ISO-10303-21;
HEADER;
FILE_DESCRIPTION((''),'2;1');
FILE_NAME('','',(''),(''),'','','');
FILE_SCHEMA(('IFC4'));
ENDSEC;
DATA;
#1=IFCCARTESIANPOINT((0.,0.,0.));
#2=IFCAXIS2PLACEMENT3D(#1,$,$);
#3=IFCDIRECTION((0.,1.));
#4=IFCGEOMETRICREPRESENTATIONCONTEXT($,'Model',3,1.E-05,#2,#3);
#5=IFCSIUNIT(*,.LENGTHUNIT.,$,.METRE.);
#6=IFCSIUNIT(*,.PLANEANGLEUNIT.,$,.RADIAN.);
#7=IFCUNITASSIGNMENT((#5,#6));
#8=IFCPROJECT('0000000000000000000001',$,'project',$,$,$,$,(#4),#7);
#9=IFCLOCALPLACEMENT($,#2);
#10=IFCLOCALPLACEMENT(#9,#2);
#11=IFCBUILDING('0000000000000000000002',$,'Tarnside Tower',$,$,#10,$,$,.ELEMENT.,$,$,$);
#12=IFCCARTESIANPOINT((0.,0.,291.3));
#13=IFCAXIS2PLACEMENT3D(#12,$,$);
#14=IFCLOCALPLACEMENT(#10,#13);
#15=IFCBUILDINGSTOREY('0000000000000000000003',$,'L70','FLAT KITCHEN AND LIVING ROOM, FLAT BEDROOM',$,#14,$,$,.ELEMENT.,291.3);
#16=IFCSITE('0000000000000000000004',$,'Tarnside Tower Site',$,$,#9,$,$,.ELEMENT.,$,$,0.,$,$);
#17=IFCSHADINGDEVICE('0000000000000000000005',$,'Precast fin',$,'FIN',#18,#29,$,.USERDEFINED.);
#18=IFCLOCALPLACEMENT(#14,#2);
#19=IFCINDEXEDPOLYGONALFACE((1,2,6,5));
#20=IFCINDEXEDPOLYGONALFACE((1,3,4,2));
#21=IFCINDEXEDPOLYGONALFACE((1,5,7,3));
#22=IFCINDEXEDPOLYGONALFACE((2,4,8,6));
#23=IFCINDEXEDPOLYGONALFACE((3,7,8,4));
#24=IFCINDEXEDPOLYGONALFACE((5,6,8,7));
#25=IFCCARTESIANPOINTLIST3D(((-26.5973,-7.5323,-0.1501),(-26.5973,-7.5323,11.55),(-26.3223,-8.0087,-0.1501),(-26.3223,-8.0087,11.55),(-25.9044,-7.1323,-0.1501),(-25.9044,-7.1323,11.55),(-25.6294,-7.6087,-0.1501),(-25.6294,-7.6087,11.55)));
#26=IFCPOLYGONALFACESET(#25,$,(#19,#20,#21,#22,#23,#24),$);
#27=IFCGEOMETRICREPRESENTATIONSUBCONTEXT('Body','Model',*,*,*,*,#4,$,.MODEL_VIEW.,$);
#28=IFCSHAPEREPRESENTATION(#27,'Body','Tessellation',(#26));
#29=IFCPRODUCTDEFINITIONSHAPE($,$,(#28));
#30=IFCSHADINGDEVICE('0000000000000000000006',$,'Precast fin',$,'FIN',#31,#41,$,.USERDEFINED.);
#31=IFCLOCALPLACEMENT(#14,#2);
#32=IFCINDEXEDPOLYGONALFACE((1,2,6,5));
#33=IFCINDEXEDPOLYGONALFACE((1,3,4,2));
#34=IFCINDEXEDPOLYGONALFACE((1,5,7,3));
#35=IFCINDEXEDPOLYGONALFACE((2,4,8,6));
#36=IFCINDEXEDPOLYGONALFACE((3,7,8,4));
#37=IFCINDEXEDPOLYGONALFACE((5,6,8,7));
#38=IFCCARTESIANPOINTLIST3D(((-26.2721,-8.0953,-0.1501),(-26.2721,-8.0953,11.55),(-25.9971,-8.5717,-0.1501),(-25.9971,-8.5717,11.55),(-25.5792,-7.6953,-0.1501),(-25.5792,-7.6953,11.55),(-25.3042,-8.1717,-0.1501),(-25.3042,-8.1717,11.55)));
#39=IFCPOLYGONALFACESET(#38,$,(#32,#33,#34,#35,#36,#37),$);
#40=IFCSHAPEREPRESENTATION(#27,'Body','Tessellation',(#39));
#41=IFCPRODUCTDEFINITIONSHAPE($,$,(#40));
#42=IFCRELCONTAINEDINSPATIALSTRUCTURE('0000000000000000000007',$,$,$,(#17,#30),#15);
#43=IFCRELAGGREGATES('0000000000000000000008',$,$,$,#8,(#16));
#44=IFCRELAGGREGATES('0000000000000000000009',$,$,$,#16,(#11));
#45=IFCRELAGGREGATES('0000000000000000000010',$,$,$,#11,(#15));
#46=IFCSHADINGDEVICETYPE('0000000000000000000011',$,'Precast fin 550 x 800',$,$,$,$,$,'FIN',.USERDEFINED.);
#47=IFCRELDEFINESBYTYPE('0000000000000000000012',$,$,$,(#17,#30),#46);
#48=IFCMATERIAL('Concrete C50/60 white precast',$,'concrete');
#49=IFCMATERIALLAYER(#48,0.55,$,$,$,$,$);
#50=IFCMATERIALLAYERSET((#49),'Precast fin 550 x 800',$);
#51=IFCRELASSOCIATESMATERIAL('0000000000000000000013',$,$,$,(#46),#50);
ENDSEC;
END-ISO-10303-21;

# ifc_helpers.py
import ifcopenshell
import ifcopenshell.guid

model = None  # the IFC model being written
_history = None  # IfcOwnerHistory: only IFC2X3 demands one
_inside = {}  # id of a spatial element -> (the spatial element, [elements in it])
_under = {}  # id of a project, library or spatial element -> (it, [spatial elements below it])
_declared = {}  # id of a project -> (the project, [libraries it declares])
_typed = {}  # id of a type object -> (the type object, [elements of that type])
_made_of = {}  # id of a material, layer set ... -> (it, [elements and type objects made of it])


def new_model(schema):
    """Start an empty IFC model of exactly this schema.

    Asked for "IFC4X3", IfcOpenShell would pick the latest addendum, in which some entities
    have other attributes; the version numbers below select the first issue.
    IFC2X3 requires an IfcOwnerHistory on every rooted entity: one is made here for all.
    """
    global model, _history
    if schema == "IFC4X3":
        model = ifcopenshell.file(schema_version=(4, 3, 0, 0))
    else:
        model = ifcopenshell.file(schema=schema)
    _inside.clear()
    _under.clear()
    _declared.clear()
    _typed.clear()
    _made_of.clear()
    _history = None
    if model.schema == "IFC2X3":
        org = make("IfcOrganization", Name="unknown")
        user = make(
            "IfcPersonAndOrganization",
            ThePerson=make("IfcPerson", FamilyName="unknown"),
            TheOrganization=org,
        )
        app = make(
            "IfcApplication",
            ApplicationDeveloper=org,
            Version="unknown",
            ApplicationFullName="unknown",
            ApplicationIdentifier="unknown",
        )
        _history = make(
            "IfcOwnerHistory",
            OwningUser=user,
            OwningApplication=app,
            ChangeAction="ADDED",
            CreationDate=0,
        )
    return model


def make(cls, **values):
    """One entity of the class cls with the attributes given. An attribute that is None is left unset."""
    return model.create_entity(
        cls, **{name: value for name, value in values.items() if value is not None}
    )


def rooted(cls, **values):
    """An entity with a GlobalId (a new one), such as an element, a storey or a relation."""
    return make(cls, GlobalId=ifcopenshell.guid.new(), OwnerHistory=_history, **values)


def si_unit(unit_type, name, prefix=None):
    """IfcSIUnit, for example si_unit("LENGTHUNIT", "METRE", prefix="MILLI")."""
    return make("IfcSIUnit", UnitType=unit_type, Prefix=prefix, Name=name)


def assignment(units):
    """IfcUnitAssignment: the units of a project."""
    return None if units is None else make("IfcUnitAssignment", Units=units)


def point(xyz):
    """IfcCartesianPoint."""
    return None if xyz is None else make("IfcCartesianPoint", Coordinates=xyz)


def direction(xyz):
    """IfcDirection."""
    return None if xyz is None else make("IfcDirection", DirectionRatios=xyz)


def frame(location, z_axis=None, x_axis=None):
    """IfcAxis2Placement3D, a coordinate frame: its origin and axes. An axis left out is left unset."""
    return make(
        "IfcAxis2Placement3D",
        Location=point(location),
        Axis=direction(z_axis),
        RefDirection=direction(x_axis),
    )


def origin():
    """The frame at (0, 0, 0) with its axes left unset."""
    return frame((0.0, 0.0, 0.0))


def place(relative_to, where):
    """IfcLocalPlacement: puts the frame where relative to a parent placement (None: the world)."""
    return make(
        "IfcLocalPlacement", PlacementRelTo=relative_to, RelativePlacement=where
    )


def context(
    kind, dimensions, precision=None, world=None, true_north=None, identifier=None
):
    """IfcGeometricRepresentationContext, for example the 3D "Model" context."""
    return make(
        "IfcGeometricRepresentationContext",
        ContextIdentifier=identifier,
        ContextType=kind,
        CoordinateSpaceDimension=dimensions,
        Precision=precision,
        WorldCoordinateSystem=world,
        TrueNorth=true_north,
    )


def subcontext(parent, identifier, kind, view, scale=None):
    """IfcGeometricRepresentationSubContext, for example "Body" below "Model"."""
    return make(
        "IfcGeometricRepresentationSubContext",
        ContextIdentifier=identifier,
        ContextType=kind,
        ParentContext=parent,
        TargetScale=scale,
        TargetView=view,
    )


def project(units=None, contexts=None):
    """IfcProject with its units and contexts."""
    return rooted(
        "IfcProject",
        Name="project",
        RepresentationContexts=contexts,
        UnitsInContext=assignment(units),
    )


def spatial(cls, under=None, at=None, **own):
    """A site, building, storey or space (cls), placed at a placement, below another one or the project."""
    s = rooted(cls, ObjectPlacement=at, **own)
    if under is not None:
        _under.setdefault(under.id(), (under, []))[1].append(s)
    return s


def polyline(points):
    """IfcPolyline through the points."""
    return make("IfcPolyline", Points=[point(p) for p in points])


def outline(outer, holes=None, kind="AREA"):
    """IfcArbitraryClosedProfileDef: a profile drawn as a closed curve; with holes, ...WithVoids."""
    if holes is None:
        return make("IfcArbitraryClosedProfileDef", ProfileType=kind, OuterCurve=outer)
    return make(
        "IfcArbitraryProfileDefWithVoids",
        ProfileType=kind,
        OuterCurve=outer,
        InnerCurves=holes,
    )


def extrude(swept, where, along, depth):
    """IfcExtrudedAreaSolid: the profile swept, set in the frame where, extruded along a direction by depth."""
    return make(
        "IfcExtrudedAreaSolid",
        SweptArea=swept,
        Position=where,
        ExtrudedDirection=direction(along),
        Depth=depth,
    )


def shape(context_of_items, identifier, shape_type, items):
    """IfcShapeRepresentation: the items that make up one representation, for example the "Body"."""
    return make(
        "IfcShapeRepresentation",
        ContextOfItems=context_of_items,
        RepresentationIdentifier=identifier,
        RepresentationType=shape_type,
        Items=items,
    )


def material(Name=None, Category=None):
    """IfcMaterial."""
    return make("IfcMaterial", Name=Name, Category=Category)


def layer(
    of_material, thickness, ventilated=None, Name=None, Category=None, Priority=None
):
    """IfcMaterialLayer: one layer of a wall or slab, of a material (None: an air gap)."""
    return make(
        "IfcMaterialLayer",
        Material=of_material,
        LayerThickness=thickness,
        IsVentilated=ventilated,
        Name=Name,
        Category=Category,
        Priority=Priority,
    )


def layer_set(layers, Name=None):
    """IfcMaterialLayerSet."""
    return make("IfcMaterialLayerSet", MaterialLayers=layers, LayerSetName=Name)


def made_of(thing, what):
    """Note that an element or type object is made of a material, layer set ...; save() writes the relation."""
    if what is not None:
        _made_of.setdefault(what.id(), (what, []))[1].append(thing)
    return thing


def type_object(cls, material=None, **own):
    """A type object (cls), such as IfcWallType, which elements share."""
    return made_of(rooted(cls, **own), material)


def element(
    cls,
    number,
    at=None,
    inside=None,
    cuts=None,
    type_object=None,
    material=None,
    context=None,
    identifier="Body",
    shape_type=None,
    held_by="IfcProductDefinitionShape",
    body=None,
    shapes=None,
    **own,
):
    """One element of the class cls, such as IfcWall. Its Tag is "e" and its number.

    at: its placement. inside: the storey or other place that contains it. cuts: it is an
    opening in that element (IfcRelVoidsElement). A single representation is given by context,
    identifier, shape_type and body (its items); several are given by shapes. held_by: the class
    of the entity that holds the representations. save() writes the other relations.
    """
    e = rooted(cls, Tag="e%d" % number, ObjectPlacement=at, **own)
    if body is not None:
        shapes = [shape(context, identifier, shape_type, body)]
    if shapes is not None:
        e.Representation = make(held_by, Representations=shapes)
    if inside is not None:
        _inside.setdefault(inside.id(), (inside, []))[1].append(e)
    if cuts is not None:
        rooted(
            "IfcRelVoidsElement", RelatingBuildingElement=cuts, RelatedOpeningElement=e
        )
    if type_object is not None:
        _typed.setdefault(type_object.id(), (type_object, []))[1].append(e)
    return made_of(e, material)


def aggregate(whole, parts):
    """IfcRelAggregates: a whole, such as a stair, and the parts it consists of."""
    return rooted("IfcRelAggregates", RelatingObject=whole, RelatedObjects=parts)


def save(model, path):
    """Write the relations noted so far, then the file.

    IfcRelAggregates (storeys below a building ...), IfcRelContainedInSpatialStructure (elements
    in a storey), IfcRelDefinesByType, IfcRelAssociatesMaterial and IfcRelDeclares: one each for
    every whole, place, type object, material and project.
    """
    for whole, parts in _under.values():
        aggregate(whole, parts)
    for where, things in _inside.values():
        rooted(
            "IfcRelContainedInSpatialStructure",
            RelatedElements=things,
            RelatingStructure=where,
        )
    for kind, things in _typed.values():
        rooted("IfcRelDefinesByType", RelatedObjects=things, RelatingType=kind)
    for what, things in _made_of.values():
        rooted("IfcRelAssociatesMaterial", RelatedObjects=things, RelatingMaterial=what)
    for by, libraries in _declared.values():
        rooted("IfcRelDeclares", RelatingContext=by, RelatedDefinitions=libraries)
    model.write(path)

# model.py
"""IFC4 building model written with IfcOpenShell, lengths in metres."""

from ifc_helpers import new_model, si_unit, direction, frame, origin, place, context, subcontext, project, spatial, polyline, outline, extrude, material, layer, layer_set, type_object, element, save


model = new_model("IFC4")

# Units and contexts
model_context = context("Model", 3, precision=1e-05, world=origin(), true_north=direction((0.0, 1.0)))
body_context = subcontext(model_context, "Body", "Model", "MODEL_VIEW")
ifc_project = project(units=[si_unit("LENGTHUNIT", "METRE"), si_unit("PLANEANGLEUNIT", "RADIAN")], contexts=[model_context])

# Site, building, storey
site_placement = place(None, origin())
site = spatial("IfcSite", under=ifc_project, at=site_placement, Name="Tarnside Tower Site", CompositionType="ELEMENT", RefElevation=0.0)
building_placement = place(site_placement, origin())
building = spatial("IfcBuilding", under=site, at=building_placement, Name="Tarnside Tower", CompositionType="ELEMENT")
storey_placement = place(building_placement, frame((0.0, 0.0, 291.3)))
storey = spatial("IfcBuildingStorey", under=building, at=storey_placement, Name="L70", Description="FLAT KITCHEN AND LIVING ROOM, FLAT BEDROOM", CompositionType="ELEMENT", Elevation=291.3)

# Shading devices
ifc_material_1 = material(Name="Concrete C50/60 white precast", Category="concrete")
ifc_layer_1 = layer(ifc_material_1, 0.55)
ifc_layer_set_1 = layer_set([ifc_layer_1], Name="Precast fin 550 x 800")
shading_device_type_1 = type_object("IfcShadingDeviceType", Name="Precast fin 550 x 800", ElementType="FIN", PredefinedType="USERDEFINED", material=ifc_layer_set_1)
for number, where, z_axis, x_axis, name in (
    (1, (-25.7668, -7.3706, -0.1501), (-0.5, 0.866025, 0.0), (-0.866025, -0.5, 0.0), "Precast fin"),
    (2, (-25.4417, -7.9336, -0.1501), (-0.5, 0.866025, 0.0), (-0.866025, -0.5, 0.0), "Precast fin"),
):
    element("IfcShadingDevice", number, at=place(storey_placement, frame(where, z_axis=z_axis, x_axis=x_axis)), inside=storey, type_object=shading_device_type_1, Name=name, ObjectType="FIN", PredefinedType="USERDEFINED", context=body_context, shape_type="SweptSolid", body=[
        extrude(outline(polyline([(0.0, 0.0), (0.8, 0.0), (0.8, 11.7002), (0.0, 11.7002), (0.0, 0.0)])), frame((0.0, 0.0, -0.2749)), (0.0, 0.0, 1.0), 0.55),
    ])

save(model, "model.ifc")
